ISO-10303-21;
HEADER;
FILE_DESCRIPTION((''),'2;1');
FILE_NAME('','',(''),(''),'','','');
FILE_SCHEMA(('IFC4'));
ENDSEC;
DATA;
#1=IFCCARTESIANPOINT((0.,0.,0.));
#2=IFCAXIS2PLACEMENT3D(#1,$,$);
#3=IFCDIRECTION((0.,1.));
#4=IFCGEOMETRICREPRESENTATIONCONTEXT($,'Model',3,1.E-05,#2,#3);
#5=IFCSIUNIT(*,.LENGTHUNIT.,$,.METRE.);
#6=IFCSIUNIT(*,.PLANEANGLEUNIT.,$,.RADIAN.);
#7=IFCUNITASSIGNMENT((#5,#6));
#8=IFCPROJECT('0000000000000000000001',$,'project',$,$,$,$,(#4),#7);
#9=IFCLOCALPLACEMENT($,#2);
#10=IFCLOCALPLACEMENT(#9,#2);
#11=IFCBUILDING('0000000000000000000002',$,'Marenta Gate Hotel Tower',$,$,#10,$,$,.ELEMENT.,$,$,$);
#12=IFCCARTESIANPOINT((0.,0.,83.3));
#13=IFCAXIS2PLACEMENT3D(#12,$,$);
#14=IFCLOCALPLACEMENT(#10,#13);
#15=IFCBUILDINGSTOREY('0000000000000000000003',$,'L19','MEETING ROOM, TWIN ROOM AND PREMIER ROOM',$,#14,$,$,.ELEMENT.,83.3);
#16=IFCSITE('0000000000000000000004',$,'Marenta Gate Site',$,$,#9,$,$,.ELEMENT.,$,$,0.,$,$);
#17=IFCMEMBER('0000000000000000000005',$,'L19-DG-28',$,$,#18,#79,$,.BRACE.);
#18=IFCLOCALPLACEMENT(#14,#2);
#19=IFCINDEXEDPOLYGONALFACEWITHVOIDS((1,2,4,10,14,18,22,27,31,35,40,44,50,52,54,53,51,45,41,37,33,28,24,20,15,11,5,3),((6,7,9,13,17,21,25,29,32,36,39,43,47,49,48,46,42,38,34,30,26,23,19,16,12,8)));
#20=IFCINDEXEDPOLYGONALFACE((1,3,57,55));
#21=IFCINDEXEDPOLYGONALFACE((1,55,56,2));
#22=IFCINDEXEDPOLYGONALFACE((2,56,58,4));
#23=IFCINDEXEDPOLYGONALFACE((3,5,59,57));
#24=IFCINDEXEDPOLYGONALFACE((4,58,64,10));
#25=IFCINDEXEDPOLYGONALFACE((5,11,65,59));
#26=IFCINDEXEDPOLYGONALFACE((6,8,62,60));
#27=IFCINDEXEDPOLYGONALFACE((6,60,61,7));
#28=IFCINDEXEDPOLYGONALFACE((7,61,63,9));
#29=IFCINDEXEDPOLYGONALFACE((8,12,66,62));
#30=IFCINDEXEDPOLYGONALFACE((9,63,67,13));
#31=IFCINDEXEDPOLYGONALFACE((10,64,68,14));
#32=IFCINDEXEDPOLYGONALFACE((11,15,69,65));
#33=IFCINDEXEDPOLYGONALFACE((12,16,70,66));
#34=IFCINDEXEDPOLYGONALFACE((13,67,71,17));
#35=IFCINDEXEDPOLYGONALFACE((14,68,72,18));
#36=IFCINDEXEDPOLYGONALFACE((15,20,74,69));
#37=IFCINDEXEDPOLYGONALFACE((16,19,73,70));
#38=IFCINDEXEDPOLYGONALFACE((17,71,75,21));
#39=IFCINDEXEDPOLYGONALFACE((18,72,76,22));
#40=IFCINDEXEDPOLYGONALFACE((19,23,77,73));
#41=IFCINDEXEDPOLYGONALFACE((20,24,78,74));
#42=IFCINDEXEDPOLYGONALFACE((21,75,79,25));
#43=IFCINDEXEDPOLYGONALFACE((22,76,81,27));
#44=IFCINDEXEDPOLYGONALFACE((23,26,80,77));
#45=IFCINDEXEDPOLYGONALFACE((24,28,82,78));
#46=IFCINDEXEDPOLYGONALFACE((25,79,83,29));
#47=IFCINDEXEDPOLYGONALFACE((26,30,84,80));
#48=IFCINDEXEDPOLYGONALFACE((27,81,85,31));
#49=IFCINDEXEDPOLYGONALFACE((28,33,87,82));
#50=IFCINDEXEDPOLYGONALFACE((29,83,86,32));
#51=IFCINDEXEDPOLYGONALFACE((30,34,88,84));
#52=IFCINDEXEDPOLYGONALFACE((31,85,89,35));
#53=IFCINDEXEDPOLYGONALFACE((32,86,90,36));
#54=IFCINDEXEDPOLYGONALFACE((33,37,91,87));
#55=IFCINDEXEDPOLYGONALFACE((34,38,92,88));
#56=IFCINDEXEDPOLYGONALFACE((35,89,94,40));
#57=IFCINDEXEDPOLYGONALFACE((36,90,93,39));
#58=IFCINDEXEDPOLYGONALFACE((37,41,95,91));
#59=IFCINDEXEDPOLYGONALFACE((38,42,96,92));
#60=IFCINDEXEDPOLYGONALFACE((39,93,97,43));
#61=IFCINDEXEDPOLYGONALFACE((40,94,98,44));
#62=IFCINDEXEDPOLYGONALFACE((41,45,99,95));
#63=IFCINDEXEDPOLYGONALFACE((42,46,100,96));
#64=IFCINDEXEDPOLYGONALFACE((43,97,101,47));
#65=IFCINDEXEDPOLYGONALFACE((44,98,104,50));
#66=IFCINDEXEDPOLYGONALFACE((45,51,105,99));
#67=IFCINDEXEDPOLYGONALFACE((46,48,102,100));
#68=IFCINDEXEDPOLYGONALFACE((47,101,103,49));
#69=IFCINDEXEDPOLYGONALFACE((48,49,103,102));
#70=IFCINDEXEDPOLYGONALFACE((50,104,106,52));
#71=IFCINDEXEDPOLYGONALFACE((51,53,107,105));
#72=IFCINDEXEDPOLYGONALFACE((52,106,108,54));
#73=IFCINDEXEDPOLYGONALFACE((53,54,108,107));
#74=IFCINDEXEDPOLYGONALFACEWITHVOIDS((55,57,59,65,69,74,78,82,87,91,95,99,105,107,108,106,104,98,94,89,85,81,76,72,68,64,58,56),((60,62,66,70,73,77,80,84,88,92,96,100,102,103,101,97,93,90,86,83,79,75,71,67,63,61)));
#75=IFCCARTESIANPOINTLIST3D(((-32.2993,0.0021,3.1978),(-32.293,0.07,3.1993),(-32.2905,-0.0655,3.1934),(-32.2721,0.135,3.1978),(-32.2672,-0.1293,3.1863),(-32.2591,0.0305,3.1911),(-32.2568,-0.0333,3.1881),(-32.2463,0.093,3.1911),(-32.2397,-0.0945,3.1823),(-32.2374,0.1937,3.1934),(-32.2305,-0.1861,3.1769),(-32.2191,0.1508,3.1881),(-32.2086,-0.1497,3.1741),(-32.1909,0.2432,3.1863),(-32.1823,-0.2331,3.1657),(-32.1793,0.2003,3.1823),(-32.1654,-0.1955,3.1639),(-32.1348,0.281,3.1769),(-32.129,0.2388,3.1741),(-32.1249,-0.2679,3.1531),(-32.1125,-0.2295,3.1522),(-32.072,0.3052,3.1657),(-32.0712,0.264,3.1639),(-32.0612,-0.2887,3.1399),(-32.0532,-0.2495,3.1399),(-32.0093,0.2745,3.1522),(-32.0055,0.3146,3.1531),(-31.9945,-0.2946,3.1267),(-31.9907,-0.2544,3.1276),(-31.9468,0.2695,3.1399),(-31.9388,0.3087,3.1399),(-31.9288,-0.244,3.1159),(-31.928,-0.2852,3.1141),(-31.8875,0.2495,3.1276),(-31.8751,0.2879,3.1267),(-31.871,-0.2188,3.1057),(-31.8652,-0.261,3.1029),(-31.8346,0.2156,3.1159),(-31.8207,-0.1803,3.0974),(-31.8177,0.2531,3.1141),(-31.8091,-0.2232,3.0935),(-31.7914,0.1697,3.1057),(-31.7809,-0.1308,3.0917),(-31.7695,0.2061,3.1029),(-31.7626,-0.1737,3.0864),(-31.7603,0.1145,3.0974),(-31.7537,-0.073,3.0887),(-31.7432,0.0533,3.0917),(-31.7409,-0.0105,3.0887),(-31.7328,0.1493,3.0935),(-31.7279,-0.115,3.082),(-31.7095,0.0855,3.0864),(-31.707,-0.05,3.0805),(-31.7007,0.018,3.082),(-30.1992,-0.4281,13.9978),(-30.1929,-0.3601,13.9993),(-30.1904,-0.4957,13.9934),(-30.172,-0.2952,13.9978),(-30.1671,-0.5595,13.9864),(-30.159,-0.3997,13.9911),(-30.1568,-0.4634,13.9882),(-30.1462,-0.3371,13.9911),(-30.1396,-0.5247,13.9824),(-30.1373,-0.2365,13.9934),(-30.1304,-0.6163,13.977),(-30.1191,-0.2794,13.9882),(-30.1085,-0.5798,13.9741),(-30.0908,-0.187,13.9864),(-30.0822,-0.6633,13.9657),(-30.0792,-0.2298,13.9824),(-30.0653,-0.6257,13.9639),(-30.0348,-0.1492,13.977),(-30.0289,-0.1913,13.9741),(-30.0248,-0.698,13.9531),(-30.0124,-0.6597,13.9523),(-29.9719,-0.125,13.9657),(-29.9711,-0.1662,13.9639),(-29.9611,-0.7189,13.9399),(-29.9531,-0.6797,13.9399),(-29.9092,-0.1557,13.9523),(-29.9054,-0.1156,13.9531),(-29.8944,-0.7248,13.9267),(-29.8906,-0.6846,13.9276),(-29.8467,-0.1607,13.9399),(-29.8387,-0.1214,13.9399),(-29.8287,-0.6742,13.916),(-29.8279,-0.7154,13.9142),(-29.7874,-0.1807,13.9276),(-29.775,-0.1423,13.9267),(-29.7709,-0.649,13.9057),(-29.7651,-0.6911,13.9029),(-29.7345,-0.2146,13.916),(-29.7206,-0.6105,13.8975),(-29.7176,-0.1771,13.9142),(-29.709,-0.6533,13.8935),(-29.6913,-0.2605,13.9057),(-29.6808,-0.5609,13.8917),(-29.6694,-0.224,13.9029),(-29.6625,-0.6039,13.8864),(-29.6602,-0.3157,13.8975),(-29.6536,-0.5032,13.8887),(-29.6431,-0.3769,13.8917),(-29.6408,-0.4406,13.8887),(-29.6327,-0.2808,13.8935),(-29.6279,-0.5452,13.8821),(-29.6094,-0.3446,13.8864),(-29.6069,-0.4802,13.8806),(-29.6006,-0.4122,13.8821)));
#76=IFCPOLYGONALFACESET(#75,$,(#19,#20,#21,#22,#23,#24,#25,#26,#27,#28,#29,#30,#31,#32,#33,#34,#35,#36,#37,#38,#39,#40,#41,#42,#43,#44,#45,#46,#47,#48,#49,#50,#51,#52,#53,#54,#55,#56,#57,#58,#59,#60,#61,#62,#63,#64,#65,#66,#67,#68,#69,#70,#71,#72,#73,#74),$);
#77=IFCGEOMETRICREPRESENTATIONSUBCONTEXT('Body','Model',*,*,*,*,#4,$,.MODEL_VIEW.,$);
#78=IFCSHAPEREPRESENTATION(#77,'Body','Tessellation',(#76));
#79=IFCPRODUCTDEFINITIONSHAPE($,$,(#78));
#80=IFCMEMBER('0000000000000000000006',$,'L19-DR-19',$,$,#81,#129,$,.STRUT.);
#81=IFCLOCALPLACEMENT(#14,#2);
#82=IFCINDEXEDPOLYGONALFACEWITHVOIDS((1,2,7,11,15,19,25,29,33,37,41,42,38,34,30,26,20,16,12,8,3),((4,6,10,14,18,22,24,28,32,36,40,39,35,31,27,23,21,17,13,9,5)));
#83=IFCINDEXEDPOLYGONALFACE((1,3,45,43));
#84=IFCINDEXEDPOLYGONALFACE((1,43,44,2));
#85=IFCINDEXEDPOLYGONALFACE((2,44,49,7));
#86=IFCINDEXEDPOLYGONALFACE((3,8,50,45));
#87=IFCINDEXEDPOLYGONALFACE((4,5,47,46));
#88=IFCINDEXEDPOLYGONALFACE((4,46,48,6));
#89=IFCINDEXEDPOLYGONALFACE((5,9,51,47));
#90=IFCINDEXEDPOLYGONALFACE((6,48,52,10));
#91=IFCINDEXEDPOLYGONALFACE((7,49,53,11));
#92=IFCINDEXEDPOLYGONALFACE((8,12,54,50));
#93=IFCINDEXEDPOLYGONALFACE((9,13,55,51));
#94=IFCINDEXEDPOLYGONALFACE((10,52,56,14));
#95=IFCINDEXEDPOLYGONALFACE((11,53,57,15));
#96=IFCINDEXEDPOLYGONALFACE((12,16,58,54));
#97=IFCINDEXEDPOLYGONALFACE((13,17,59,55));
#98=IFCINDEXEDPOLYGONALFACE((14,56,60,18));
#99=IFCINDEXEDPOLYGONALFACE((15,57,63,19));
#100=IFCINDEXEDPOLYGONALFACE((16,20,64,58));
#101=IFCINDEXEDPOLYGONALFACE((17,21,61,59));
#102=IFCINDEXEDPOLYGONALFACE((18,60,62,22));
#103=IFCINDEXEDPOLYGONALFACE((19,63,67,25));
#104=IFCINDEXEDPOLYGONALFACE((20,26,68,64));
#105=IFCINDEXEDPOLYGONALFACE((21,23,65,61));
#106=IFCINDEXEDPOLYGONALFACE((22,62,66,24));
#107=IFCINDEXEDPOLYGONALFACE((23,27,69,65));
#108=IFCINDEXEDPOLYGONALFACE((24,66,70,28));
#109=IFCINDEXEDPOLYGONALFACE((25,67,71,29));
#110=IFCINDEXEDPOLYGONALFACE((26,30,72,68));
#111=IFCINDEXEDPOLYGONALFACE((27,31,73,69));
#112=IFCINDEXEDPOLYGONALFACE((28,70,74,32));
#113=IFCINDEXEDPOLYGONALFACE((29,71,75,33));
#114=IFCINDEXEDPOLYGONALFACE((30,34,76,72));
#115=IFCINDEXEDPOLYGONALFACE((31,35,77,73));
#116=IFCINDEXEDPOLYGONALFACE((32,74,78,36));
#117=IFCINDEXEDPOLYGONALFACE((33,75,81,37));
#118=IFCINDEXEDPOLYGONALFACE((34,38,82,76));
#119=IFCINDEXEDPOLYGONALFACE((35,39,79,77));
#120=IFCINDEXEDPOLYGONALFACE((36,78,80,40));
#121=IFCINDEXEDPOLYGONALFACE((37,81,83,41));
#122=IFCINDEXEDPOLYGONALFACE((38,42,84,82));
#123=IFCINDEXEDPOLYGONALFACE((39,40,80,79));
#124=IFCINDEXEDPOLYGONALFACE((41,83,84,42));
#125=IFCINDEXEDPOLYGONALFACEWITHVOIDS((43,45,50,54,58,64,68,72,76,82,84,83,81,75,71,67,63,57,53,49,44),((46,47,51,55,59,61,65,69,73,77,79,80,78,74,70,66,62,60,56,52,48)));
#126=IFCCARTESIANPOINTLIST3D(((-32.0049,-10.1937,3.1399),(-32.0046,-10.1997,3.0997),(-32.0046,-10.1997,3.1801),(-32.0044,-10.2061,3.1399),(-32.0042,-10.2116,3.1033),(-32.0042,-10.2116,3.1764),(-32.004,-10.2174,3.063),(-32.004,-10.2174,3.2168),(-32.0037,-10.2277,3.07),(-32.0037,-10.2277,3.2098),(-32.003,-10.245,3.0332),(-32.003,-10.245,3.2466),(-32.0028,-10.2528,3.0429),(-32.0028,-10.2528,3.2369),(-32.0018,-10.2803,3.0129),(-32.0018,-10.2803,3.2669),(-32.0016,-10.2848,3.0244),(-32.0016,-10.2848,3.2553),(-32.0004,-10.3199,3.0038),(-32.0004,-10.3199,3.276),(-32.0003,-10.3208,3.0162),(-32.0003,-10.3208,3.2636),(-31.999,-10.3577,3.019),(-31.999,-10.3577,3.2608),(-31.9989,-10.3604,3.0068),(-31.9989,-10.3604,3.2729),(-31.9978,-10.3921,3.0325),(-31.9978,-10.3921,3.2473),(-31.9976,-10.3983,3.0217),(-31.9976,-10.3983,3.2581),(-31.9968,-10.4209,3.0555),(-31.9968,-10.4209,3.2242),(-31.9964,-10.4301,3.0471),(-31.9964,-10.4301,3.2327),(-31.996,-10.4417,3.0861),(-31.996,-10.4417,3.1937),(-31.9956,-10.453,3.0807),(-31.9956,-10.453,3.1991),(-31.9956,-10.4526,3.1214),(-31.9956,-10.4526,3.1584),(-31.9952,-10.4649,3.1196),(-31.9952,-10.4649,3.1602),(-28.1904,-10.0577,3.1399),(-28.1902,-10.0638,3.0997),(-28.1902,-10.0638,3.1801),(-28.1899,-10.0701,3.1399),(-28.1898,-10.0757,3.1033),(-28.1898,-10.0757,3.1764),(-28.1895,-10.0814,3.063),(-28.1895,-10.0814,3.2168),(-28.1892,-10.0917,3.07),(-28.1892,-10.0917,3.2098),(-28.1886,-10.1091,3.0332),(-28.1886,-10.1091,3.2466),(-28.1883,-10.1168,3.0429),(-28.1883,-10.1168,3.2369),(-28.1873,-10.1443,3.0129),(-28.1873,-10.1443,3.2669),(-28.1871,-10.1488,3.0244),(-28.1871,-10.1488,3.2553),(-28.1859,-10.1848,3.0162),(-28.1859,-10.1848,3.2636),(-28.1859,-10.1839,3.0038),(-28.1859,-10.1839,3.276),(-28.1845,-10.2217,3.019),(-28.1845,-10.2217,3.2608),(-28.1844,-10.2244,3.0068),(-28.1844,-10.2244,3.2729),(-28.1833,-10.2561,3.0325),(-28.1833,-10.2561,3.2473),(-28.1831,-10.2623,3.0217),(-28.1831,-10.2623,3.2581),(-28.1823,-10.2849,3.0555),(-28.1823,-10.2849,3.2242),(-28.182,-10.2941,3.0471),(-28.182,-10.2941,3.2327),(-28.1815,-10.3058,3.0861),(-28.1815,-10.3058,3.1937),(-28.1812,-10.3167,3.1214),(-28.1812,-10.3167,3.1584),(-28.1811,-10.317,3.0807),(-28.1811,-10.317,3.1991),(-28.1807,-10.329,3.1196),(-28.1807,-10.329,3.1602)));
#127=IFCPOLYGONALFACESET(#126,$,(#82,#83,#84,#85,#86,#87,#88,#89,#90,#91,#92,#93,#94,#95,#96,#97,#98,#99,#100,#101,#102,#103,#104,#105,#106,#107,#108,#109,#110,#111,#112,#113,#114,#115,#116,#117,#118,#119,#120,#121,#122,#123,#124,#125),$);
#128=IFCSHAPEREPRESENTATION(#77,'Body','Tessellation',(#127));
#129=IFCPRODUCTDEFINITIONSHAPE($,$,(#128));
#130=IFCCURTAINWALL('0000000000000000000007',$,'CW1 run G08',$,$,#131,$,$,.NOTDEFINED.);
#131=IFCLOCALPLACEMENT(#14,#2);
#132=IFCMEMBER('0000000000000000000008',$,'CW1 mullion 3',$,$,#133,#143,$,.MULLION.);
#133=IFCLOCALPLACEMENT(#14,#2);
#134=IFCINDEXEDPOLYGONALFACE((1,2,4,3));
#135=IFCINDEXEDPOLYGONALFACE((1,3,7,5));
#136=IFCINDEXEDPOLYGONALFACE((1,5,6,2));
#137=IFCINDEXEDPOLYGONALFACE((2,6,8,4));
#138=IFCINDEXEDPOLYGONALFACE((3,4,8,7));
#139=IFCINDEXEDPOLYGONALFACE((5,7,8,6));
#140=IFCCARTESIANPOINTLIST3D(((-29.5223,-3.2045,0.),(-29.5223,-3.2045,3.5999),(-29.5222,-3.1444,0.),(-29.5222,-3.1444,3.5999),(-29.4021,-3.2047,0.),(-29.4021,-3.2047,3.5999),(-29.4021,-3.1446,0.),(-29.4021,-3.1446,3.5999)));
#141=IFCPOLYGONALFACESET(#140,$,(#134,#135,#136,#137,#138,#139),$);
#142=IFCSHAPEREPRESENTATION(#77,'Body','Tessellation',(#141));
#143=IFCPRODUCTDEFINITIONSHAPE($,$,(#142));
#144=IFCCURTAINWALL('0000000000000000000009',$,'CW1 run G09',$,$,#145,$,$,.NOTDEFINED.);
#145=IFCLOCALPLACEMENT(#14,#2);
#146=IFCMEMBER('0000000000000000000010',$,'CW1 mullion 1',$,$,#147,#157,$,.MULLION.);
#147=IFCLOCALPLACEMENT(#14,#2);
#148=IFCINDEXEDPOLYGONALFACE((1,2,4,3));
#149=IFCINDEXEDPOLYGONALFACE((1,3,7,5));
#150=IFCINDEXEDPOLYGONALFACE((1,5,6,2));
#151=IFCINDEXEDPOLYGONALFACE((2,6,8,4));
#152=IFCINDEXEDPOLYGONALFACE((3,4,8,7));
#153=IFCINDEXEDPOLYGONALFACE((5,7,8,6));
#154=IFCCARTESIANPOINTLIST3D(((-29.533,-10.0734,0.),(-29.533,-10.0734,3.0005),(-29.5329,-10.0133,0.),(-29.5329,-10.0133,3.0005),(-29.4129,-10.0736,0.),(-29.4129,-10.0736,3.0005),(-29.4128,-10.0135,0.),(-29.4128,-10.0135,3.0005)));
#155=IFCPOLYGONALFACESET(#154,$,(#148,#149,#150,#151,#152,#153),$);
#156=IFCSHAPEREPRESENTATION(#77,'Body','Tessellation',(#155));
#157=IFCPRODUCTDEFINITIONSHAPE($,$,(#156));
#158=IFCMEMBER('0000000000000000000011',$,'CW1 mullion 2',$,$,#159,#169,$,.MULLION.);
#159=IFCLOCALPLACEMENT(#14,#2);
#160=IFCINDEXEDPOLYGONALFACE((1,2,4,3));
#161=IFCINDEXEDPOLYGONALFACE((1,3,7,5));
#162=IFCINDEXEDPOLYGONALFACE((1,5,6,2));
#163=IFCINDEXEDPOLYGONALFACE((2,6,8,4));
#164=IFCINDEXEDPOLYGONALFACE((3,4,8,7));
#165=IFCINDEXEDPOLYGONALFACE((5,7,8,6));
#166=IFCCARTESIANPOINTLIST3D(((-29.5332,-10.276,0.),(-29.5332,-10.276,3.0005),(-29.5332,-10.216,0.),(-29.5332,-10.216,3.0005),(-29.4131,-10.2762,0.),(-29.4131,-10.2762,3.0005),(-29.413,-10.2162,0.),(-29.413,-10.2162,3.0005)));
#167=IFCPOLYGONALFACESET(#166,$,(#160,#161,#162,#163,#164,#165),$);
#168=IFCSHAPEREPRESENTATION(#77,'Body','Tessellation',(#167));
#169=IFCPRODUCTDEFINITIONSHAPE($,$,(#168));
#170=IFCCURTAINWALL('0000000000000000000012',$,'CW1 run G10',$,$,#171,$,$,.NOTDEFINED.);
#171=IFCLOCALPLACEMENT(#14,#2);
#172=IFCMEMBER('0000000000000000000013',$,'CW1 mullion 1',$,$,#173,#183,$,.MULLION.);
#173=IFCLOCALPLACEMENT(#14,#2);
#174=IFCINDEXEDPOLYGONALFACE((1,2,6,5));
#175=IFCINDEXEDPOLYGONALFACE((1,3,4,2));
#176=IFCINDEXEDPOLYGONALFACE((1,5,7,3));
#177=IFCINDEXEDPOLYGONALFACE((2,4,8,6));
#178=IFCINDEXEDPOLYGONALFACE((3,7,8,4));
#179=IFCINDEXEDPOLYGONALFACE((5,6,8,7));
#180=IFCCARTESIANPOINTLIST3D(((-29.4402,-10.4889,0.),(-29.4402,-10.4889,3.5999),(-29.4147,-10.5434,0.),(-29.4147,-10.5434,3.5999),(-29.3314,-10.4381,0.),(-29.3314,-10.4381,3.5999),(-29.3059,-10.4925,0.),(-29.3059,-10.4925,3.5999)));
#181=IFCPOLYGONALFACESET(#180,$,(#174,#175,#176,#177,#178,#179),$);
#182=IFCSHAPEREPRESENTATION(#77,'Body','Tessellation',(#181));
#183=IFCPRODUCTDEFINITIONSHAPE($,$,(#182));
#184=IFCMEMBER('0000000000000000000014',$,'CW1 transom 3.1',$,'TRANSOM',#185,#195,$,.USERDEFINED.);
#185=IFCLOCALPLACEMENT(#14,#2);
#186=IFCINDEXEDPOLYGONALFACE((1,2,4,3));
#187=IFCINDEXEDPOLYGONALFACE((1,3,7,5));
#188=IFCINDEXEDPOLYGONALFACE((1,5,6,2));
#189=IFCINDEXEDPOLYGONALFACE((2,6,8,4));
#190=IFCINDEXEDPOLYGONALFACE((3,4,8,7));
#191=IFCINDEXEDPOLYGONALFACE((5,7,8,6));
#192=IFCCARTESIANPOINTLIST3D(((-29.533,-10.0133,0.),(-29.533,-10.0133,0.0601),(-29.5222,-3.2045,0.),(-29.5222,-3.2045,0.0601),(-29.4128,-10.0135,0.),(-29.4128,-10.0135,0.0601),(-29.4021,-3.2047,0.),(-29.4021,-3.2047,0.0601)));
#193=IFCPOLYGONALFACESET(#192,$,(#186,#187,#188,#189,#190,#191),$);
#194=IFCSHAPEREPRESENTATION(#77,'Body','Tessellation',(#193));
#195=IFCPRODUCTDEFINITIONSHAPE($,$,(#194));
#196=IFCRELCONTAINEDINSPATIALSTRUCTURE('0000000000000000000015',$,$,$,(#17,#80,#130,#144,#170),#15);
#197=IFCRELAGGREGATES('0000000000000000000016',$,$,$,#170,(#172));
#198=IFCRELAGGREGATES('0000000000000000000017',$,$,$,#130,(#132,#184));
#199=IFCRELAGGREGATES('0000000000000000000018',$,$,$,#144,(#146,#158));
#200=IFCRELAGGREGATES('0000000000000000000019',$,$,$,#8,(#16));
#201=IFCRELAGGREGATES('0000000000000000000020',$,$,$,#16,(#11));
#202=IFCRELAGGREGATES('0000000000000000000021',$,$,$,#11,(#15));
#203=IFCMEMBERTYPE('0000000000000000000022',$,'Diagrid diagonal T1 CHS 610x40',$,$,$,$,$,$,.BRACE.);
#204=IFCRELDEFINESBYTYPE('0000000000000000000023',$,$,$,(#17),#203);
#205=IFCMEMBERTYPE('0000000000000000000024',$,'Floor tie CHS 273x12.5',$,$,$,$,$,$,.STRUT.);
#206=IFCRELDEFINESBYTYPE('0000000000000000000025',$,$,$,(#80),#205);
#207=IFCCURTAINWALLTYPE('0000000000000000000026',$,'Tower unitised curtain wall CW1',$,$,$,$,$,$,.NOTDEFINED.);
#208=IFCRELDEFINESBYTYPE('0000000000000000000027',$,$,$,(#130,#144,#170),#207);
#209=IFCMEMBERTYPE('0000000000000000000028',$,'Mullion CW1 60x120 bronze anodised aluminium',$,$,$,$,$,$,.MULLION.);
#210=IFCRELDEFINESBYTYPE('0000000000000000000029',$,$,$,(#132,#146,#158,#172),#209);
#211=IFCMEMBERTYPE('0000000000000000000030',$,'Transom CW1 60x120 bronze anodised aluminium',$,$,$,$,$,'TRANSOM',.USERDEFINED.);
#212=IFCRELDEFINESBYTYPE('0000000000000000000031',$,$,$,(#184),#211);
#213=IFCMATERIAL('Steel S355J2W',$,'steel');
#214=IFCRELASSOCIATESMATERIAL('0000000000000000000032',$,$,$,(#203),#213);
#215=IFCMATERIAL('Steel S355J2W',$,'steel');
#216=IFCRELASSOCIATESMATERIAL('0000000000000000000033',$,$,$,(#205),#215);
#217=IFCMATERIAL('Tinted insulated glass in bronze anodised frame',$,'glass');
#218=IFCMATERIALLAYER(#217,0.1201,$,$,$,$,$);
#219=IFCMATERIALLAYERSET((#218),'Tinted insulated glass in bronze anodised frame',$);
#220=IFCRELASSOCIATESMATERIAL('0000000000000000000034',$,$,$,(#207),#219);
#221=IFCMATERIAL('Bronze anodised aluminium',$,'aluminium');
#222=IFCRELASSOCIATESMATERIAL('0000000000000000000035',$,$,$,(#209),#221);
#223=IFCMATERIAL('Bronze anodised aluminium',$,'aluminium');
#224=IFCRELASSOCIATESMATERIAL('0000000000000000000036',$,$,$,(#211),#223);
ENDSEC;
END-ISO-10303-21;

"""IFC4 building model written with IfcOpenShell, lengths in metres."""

from ifc_helpers import new_model, si_unit, direction, frame, origin, origin_2d, place, context, subcontext, project, spatial, rectangle, hollow_circle, extrude, material, layer, layer_set, material_profile, profile_set, type_object, element, aggregate, save


model = new_model("IFC4")

# Units and contexts
model_context = context("Model", 3, precision=1e-05, world=origin(), true_north=direction((0.0, 1.0)))
body_context = subcontext(model_context, "Body", "Model", "MODEL_VIEW")
ifc_project = project(units=[si_unit("LENGTHUNIT", "METRE"), si_unit("PLANEANGLEUNIT", "RADIAN")], contexts=[model_context])

# Site, building, storey
site_placement = place(None, origin())
site = spatial("IfcSite", under=ifc_project, at=site_placement, Name="Marenta Gate Site", CompositionType="ELEMENT", RefElevation=0.0)
building_placement = place(site_placement, origin())
building = spatial("IfcBuilding", under=site, at=building_placement, Name="Marenta Gate Hotel Tower", CompositionType="ELEMENT")
storey_placement = place(building_placement, frame((0.0, 0.0, 83.3)))
storey = spatial("IfcBuildingStorey", under=building, at=storey_placement, Name="L19", Description="MEETING ROOM, TWIN ROOM AND PREMIER ROOM", CompositionType="ELEMENT", Elevation=83.3)

# Members
ifc_material_1 = material(Name="Steel S355J2W", Category="steel")
ifc_material_profile_1 = material_profile(ifc_material_1, hollow_circle(Radius=0.3049, WallThickness=0.04, at=origin_2d()), Name="CHS 610x40")
ifc_profile_set_1 = profile_set([ifc_material_profile_1], Name="Steel S355J2W")
member_type_1 = type_object("IfcMemberType", Name="Diagrid diagonal T1 CHS 610x40", PredefinedType="BRACE", material=ifc_profile_set_1)
member_1_placement = place(storey_placement, frame((-32.0, 0.01, 3.1399), z_axis=(0.190732, -0.039069, 0.980864), x_axis=(0.20067, 0.979659, 0.0)))
element("IfcMember", 1, at=member_1_placement, inside=storey, type_object=member_type_1, Name="L19-DG-28", PredefinedType="BRACE", context=body_context, shape_type="SweptSolid", body=[
    extrude(hollow_circle(Radius=0.3049, WallThickness=0.04, at=origin_2d()), origin(), (0.0, 0.0, 1.0), 11.0107),
])
ifc_material_2 = material(Name="Steel S355J2W", Category="steel")
ifc_material_profile_2 = material_profile(ifc_material_2, hollow_circle(Radius=0.1365, WallThickness=0.0125, at=origin_2d()), Name="CHS 273x12.5")
ifc_profile_set_2 = profile_set([ifc_material_profile_2], Name="Steel S355J2W")
member_type_2 = type_object("IfcMemberType", Name="Floor tie CHS 273x12.5", PredefinedType="STRUT", material=ifc_profile_set_2)
member_2_placement = place(storey_placement, frame((-32.0, -10.3301, 3.1399), z_axis=(0.999365, 0.035628, 0.0), x_axis=(-0.035628, 0.999365, 0.0)))
element("IfcMember", 2, at=member_2_placement, inside=storey, type_object=member_type_2, Name="L19-DR-19", PredefinedType="STRUT", context=body_context, shape_type="SweptSolid", body=[
    extrude(hollow_circle(Radius=0.1365, WallThickness=0.0125, at=origin_2d()), origin(), (0.0, 0.0, 1.0), 3.8169),
])

# Curtain wall, member
ifc_material_3 = material(Name="Tinted insulated glass in bronze anodised frame", Category="glass")
ifc_layer_1 = layer(ifc_material_3, 0.1201)
ifc_layer_set_1 = layer_set([ifc_layer_1], Name="Tinted insulated glass in bronze anodised frame")
curtain_wall_type = type_object("IfcCurtainWallType", Name="Tower unitised curtain wall CW1", PredefinedType="NOTDEFINED", material=ifc_layer_set_1)
curtain_wall_1_placement = place(storey_placement, origin())
curtain_wall_1 = element("IfcCurtainWall", 3, at=curtain_wall_1_placement, inside=storey, type_object=curtain_wall_type, Name="CW1 run G08", PredefinedType="NOTDEFINED")
ifc_material_4 = material(Name="Bronze anodised aluminium", Category="aluminium")
ifc_material_profile_3 = material_profile(ifc_material_4, rectangle(XDim=0.1201, YDim=0.0601, at=origin_2d()), Name="Mullion CW1 60x120 bronze anodised aluminium")
ifc_profile_set_3 = profile_set([ifc_material_profile_3], Name="Bronze anodised aluminium")
member_type_3 = type_object("IfcMemberType", Name="Mullion CW1 60x120 bronze anodised aluminium", PredefinedType="MULLION", material=ifc_profile_set_3)
member_3_placement = place(storey_placement, frame((-29.4622, -3.1746, 0.0), z_axis=(0.0, 0.0, 1.0), x_axis=(0.999999, -0.001565, 0.0)))
member_3 = element("IfcMember", 4, at=member_3_placement, type_object=member_type_3, Name="CW1 mullion 3", PredefinedType="MULLION", context=body_context, shape_type="SweptSolid", body=[
    extrude(rectangle(XDim=0.1201, YDim=0.0601, at=origin_2d()), origin(), (0.0, 0.0, 1.0), 3.5999),
])

# Curtain wall, members
curtain_wall_2_placement = place(storey_placement, origin())
curtain_wall_2 = element("IfcCurtainWall", 5, at=curtain_wall_2_placement, inside=storey, type_object=curtain_wall_type, Name="CW1 run G09", PredefinedType="NOTDEFINED")
member_4_placement = place(storey_placement, frame((-29.4729, -10.0435, 0.0), z_axis=(0.0, 0.0, 1.0), x_axis=(0.999999, -0.001523, 0.0)))
member_4 = element("IfcMember", 6, at=member_4_placement, type_object=member_type_3, Name="CW1 mullion 1", PredefinedType="MULLION", context=body_context, shape_type="SweptSolid", body=[
    extrude(rectangle(XDim=0.1201, YDim=0.0601, at=origin_2d()), origin(), (0.0, 0.0, 1.0), 3.0005),
])
member_5_placement = place(storey_placement, frame((-29.4731, -10.2461, 0.0), z_axis=(0.0, 0.0, 1.0), x_axis=(0.999999, -0.001523, 0.0)))
member_5 = element("IfcMember", 7, at=member_5_placement, type_object=member_type_3, Name="CW1 mullion 2", PredefinedType="MULLION", context=body_context, shape_type="SweptSolid", body=[
    extrude(rectangle(XDim=0.1201, YDim=0.0601, at=origin_2d()), origin(), (0.0, 0.0, 1.0), 3.0005),
])

# Curtain wall, member
curtain_wall_3_placement = place(storey_placement, origin())
curtain_wall_3 = element("IfcCurtainWall", 8, at=curtain_wall_3_placement, inside=storey, type_object=curtain_wall_type, Name="CW1 run G10", PredefinedType="NOTDEFINED")
member_6_placement = place(storey_placement, frame((-29.373, -10.4907, 0.0), z_axis=(0.0, 0.0, 1.0), x_axis=(0.905955, 0.423375, 0.0)))
member_6 = element("IfcMember", 9, at=member_6_placement, type_object=member_type_3, Name="CW1 mullion 1", PredefinedType="MULLION", context=body_context, shape_type="SweptSolid", body=[
    extrude(rectangle(XDim=0.1201, YDim=0.0601, at=origin_2d()), origin(), (0.0, 0.0, 1.0), 3.5999),
])

# Member
ifc_material_5 = material(Name="Bronze anodised aluminium", Category="aluminium")
ifc_material_profile_4 = material_profile(ifc_material_5, rectangle(XDim=0.1201, YDim=0.0601, at=origin_2d()), Name="Transom CW1 60x120 bronze anodised aluminium")
ifc_profile_set_4 = profile_set([ifc_material_profile_4], Name="Bronze anodised aluminium")
member_type_4 = type_object("IfcMemberType", Name="Transom CW1 60x120 bronze anodised aluminium", ElementType="TRANSOM", PredefinedType="USERDEFINED", material=ifc_profile_set_4)
member_7_placement = place(storey_placement, frame((-29.4622, -3.2046, 0.03), z_axis=(-0.001578, -0.999999, 0.0), x_axis=(0.999999, -0.001578, 0.0)))
member_7 = element("IfcMember", 10, at=member_7_placement, type_object=member_type_4, Name="CW1 transom 3.1", ObjectType="TRANSOM", PredefinedType="USERDEFINED", context=body_context, shape_type="SweptSolid", body=[
    extrude(rectangle(XDim=0.1201, YDim=0.0601, at=origin_2d()), origin(), (0.0, 0.0, 1.0), 6.8088),
])
aggregate(curtain_wall_3, [member_6])

aggregate(curtain_wall_1, [member_3, member_7])
aggregate(curtain_wall_2, [member_4, member_5])

save(model, "model.ifc")
